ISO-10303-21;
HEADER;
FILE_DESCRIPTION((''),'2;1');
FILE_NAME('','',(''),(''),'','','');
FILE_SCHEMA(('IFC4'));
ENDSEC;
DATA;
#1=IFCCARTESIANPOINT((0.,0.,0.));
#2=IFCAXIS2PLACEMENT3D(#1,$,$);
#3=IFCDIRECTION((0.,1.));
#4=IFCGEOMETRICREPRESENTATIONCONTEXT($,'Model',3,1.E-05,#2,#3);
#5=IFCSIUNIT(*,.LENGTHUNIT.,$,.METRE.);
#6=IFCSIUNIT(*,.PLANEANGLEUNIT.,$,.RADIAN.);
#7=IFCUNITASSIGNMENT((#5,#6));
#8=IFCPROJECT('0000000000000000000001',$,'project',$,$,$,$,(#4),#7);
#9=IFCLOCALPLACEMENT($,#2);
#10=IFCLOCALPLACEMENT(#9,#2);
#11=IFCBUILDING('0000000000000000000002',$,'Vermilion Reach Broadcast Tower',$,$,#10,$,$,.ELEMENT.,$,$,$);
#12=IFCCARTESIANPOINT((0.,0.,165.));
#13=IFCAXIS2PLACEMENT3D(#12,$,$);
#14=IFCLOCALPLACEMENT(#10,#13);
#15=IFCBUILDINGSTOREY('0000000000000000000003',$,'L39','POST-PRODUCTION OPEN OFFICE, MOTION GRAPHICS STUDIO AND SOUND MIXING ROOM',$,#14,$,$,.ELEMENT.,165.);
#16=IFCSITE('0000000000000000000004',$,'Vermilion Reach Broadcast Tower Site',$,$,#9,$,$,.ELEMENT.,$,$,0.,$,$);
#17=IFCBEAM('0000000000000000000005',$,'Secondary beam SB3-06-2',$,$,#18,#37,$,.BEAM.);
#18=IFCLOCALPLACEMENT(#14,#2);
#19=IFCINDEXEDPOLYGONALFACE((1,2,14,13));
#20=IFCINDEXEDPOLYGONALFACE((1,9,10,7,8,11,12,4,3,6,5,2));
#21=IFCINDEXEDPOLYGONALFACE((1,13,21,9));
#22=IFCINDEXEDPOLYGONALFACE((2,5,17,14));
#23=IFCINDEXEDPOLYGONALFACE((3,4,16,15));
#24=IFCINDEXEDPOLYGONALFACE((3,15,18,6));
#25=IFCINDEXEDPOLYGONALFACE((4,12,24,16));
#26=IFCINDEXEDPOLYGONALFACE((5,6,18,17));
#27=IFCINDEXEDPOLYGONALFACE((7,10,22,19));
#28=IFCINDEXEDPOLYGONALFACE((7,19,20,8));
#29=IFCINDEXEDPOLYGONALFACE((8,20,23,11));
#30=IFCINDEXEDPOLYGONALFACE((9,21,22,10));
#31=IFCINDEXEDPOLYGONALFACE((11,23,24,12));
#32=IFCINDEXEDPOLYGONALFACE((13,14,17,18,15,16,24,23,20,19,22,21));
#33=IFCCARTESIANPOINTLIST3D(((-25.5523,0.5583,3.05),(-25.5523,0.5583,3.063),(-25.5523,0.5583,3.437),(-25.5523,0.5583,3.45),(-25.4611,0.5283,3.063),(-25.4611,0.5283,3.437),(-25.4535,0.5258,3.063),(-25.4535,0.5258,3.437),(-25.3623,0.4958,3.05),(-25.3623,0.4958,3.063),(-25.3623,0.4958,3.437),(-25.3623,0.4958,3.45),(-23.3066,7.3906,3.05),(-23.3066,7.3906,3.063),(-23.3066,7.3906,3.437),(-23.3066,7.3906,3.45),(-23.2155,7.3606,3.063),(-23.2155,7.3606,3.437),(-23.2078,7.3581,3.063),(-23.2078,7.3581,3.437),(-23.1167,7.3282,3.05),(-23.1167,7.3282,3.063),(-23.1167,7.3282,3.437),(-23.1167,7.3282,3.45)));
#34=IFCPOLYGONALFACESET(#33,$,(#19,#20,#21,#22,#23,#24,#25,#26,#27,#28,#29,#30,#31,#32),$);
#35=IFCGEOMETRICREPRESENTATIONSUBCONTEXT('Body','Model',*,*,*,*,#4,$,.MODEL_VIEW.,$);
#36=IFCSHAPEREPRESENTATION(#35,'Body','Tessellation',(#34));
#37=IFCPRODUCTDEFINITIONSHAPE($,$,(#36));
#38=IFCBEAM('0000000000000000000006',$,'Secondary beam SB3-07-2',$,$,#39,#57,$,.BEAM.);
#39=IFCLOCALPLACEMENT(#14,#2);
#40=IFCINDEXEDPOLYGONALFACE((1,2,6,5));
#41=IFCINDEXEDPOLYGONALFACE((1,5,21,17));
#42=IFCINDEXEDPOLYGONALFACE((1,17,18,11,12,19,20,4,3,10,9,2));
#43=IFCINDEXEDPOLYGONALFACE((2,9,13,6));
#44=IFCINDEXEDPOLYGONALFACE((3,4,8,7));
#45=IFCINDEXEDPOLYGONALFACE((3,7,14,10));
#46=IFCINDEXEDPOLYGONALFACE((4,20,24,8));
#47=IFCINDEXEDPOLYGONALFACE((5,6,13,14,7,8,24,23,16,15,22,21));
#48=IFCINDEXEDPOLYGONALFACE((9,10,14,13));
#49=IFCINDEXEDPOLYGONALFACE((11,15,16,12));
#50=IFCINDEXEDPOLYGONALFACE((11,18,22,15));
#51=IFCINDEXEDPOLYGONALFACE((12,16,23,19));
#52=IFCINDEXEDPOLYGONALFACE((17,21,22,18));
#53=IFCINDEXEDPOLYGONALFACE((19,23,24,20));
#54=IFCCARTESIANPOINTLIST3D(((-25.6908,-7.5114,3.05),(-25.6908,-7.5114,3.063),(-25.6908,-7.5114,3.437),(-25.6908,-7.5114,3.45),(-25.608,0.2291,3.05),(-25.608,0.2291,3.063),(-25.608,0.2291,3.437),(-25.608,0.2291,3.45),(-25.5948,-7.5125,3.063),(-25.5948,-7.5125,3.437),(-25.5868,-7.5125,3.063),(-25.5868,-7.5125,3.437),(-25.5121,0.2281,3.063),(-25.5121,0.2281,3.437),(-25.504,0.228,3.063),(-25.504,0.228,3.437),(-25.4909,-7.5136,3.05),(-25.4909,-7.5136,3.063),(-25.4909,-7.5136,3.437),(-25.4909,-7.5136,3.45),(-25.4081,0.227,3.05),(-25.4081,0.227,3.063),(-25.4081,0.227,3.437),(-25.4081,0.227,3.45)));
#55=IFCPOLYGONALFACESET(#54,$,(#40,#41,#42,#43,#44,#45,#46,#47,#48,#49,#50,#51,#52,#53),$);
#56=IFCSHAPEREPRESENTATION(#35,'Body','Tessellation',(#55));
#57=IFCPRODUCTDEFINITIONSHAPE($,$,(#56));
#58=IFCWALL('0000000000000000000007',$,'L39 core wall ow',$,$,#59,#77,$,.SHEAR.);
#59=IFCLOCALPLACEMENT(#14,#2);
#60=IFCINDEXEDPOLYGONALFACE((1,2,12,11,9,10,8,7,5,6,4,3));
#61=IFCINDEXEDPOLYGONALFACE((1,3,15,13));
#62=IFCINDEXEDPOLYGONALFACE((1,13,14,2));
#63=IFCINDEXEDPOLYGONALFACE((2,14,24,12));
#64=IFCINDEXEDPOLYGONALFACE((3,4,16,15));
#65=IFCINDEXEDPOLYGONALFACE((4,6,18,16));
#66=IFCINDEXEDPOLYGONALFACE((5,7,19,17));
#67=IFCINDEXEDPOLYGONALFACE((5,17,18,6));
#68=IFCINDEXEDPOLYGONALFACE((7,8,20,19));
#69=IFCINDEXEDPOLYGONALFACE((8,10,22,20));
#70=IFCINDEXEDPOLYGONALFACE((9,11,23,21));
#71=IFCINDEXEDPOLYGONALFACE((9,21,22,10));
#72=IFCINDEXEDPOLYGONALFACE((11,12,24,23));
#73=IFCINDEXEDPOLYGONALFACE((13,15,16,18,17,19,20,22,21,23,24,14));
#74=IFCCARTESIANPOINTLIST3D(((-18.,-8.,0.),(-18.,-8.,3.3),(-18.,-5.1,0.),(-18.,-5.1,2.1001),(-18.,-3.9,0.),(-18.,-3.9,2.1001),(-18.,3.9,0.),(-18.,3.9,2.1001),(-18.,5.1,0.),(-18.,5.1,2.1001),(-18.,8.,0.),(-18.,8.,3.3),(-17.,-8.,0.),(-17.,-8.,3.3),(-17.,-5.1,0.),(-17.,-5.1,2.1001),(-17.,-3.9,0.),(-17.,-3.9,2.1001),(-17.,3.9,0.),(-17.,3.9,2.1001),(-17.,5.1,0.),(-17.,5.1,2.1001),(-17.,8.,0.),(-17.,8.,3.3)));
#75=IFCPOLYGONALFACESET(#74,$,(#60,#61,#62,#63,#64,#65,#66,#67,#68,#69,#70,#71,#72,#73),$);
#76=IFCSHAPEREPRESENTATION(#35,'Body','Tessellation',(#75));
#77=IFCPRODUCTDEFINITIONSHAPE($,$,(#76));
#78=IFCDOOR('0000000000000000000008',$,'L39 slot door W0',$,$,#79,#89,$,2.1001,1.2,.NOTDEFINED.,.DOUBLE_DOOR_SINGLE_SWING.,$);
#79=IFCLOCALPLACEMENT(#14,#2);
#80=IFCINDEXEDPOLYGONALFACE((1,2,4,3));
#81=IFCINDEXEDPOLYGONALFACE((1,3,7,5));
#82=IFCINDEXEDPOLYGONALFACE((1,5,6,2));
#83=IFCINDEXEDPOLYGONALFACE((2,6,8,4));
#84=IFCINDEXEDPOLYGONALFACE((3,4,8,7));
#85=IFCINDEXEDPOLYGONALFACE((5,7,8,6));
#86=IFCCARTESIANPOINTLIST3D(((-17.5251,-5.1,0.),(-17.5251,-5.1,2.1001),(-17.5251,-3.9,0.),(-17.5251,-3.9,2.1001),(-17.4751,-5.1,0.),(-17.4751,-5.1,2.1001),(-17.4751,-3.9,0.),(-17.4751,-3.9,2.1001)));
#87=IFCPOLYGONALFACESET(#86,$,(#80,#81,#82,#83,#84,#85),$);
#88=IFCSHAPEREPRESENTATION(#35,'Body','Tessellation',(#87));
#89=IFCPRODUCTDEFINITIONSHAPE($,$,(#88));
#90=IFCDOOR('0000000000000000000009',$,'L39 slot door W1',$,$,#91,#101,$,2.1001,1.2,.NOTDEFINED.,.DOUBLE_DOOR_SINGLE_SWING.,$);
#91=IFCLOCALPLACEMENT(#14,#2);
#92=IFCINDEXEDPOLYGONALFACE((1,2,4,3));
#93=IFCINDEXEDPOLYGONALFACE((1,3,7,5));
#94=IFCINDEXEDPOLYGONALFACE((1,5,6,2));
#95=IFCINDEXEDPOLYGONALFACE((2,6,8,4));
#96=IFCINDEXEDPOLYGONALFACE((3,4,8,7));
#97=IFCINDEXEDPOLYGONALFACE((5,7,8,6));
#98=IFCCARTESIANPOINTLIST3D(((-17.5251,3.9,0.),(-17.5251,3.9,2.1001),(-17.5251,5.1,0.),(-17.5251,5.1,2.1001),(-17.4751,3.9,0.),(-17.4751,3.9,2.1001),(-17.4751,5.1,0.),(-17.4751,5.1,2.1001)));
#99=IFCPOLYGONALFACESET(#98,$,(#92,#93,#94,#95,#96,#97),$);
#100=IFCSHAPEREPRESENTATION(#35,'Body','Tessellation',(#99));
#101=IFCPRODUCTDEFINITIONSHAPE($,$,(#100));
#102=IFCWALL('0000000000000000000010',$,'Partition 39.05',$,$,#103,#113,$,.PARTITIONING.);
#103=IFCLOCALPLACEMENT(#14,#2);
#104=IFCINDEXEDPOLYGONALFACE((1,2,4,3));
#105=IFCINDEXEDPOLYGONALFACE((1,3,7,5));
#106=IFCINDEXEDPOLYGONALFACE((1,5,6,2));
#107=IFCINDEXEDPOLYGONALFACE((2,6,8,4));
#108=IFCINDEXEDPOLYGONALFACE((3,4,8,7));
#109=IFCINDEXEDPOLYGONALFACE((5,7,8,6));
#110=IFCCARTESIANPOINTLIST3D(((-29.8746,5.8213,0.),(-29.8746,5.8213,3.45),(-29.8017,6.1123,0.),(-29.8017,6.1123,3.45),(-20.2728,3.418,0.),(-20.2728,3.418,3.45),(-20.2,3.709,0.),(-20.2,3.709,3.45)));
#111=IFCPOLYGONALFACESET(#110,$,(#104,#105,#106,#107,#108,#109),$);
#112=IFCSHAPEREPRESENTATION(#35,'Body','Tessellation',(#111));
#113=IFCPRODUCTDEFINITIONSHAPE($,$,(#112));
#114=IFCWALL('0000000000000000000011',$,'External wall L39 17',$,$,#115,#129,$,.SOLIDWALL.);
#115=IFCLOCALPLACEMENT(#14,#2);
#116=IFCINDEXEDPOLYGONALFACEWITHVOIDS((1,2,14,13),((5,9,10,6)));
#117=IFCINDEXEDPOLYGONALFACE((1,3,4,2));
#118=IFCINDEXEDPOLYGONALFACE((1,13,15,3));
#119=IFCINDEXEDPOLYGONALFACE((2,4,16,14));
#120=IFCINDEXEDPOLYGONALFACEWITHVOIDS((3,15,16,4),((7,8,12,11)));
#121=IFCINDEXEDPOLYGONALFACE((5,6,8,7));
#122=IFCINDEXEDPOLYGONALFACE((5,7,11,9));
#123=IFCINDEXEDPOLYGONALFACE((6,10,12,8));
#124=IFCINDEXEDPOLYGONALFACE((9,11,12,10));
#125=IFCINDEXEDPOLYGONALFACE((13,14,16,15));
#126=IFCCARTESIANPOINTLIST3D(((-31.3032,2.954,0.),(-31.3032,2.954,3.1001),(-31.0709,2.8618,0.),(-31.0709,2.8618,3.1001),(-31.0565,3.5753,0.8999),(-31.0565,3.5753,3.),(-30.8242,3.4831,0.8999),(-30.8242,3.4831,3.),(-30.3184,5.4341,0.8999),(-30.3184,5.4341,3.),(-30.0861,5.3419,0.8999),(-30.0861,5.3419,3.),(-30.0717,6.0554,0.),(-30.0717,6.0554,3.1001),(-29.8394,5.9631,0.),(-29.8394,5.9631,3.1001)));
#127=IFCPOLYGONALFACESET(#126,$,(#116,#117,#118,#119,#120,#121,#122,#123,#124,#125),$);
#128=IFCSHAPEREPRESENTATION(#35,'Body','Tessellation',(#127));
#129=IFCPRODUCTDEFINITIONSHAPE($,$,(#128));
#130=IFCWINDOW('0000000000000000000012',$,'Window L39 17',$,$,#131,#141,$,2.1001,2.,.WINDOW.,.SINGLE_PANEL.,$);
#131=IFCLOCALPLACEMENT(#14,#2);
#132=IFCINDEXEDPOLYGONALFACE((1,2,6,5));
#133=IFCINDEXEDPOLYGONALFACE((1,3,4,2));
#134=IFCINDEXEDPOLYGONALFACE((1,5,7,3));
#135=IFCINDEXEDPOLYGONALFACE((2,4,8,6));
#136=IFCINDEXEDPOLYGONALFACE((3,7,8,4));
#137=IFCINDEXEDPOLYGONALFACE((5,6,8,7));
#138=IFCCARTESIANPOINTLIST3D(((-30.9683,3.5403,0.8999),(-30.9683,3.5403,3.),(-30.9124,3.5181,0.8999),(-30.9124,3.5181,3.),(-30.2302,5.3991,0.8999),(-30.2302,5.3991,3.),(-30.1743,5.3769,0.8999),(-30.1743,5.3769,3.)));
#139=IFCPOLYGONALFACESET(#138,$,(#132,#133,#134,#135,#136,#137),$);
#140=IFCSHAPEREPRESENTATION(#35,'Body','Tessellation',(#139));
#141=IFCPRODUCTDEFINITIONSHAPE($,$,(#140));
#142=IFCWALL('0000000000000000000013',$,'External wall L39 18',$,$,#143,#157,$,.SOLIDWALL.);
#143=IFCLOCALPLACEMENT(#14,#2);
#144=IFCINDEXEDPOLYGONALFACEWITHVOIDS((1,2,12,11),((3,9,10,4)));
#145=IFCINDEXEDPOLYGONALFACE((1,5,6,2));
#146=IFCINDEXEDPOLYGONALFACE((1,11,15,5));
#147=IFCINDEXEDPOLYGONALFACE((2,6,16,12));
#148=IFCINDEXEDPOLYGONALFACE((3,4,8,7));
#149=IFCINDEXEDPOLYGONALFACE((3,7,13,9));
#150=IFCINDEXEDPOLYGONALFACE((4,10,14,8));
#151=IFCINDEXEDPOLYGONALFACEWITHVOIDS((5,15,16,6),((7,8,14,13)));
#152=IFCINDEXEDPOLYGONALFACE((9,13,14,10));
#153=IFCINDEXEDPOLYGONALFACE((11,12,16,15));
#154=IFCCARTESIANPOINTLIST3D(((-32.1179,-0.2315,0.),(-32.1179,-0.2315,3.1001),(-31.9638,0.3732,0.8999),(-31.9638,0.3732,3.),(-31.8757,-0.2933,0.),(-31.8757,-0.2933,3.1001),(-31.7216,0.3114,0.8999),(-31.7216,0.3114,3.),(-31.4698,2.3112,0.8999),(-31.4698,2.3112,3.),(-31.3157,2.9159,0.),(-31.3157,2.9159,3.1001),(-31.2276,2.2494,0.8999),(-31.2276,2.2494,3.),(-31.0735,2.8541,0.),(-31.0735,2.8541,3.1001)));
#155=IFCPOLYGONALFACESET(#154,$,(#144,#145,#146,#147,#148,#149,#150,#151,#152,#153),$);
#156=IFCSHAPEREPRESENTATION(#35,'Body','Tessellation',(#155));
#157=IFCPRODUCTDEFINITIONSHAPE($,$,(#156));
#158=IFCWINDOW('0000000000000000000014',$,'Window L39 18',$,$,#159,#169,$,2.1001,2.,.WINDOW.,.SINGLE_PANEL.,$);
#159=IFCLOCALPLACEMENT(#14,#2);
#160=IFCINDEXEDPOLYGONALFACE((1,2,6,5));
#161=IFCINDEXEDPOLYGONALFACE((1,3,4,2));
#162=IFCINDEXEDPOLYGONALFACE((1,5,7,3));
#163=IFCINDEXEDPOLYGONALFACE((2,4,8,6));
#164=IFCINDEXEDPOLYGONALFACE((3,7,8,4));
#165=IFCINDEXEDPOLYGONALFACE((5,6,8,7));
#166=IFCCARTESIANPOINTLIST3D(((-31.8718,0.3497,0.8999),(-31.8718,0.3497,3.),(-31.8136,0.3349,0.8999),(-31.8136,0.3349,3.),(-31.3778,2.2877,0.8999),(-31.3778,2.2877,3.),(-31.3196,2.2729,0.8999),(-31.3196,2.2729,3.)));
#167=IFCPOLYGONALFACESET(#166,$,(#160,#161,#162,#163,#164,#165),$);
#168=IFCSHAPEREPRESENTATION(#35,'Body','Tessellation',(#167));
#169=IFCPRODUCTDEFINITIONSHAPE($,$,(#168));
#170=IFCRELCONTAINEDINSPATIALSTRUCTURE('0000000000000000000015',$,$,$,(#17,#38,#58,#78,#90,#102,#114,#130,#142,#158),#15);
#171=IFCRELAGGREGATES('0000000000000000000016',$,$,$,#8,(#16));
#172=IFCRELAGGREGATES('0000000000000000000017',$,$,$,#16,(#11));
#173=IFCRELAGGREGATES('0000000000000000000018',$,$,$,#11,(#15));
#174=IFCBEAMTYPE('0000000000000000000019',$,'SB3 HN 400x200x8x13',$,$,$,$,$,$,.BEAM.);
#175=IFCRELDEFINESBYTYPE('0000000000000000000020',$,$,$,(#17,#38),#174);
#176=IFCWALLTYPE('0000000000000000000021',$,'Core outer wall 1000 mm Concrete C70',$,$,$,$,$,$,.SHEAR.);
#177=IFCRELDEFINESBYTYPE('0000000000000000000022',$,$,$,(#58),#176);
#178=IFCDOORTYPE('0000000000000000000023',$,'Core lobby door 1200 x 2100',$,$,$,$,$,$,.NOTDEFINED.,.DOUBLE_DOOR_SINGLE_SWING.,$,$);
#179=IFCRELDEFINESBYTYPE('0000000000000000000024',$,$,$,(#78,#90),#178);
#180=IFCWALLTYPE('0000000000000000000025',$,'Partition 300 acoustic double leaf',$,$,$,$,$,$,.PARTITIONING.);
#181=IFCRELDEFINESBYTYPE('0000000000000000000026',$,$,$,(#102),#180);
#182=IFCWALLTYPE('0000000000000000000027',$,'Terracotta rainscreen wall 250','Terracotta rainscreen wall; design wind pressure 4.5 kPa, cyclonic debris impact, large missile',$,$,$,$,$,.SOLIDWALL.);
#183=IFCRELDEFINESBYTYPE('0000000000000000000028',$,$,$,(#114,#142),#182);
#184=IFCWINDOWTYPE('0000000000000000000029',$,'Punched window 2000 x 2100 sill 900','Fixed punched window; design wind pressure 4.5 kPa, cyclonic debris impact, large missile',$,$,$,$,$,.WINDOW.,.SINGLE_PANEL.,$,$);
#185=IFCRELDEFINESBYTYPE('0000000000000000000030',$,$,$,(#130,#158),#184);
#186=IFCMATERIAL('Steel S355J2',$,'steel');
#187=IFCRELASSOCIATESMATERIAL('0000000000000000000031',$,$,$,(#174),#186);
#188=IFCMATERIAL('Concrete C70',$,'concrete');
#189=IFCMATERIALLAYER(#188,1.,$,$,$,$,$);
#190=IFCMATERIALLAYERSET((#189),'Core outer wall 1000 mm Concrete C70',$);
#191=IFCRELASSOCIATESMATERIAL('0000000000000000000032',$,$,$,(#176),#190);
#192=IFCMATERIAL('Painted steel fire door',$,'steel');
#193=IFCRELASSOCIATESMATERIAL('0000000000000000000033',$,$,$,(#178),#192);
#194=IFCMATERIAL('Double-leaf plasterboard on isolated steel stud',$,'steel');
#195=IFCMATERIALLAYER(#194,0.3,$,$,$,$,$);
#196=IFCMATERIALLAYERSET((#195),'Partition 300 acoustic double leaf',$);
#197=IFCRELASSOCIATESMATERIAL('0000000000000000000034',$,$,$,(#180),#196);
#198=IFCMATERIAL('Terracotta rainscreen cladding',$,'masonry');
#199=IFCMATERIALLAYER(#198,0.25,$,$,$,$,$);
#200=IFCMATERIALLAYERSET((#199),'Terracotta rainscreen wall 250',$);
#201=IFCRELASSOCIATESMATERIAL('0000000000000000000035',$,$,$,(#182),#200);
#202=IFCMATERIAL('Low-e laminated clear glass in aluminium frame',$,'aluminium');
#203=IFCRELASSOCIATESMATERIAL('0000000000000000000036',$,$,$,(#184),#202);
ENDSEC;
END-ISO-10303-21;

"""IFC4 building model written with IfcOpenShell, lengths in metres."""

from ifc_helpers import new_model, si_unit, direction, frame, frame_2d, origin, origin_2d, place, context, subcontext, project, spatial, rectangle, i_section, extrude, material, layer, layer_set, material_profile, profile_set, type_object, element, fill, save


model = new_model("IFC4")

# Units and contexts
model_context = context("Model", 3, precision=1e-05, world=origin(), true_north=direction((0.0, 1.0)))
body_context = subcontext(model_context, "Body", "Model", "MODEL_VIEW")
ifc_project = project(units=[si_unit("LENGTHUNIT", "METRE"), si_unit("PLANEANGLEUNIT", "RADIAN")], contexts=[model_context])

# Site, building, storey
site_placement = place(None, origin())
site = spatial("IfcSite", under=ifc_project, at=site_placement, Name="Vermilion Reach Broadcast Tower Site", CompositionType="ELEMENT", RefElevation=0.0)
building_placement = place(site_placement, origin())
building = spatial("IfcBuilding", under=site, at=building_placement, Name="Vermilion Reach Broadcast Tower", CompositionType="ELEMENT")
storey_placement = place(building_placement, frame((0.0, 0.0, 165.0)))
storey = spatial("IfcBuildingStorey", under=building, at=storey_placement, Name="L39", Description="POST-PRODUCTION OPEN OFFICE, MOTION GRAPHICS STUDIO AND SOUND MIXING ROOM", CompositionType="ELEMENT", Elevation=165.0)

# Beams
ifc_material_1 = material(Name="Steel S355J2", Category="steel")
ifc_material_profile_1 = material_profile(ifc_material_1, i_section(OverallWidth=0.2, OverallDepth=0.3999, WebThickness=0.0081, FlangeThickness=0.0129, at=origin_2d()), Name="S355J2 HN 400x200x8x13")
ifc_profile_set_1 = profile_set([ifc_material_profile_1], Name="Steel S355J2")
beam_type_1 = type_object("IfcBeamType", Name="SB3 HN 400x200x8x13", PredefinedType="BEAM", material=ifc_profile_set_1)
beam_1_placement = place(storey_placement, frame((-23.2117, 7.3594, 3.25), z_axis=(-0.312243, -0.950002, 0.0), x_axis=(0.950002, -0.312243, 0.0)))
element("IfcBeam", 1, at=beam_1_placement, inside=storey, type_object=beam_type_1, Name="Secondary beam SB3-06-2", PredefinedType="BEAM", context=body_context, shape_type="SweptSolid", body=[
    extrude(i_section(OverallWidth=0.2, OverallDepth=0.3999, WebThickness=0.0081, FlangeThickness=0.0129, at=origin_2d()), origin(), (0.0, 0.0, 1.0), 7.1919),
])
beam_2_placement = place(storey_placement, frame((-25.5081, 0.228, 3.25), z_axis=(-0.010692, -0.999943, 0.0), x_axis=(0.999943, -0.010692, 0.0)))
element("IfcBeam", 2, at=beam_2_placement, inside=storey, type_object=beam_type_1, Name="Secondary beam SB3-07-2", PredefinedType="BEAM", context=body_context, shape_type="SweptSolid", body=[
    extrude(i_section(OverallWidth=0.2, OverallDepth=0.3999, WebThickness=0.0081, FlangeThickness=0.0129, at=origin_2d()), origin(), (0.0, 0.0, 1.0), 7.741),
])

# Wall, openings, doors
ifc_material_2 = material(Name="Concrete C70", Category="concrete")
ifc_layer_1 = layer(ifc_material_2, 1.0)
ifc_layer_set_1 = layer_set([ifc_layer_1], Name="Core outer wall 1000 mm Concrete C70")
wall_type_1 = type_object("IfcWallType", Name="Core outer wall 1000 mm Concrete C70", PredefinedType="SHEAR", material=ifc_layer_set_1)
wall_1_placement = place(storey_placement, frame((-17.5, 8.0, 0.0), z_axis=(0.0, 0.0, 1.0), x_axis=(0.0, -1.0, 0.0)))
wall_1 = element("IfcWall", 3, at=wall_1_placement, inside=storey, type_object=wall_type_1, Name="L39 core wall ow", PredefinedType="SHEAR", context=body_context, shape_type="SweptSolid", body=[
    extrude(rectangle(XDim=16.0, YDim=1.0, at=frame_2d((8.0, 0.0))), origin(), (0.0, 0.0, 1.0), 3.3),
])
opening_1_placement = place(wall_1_placement, frame((11.8999, 0.0, 0.0)))
opening_1 = element("IfcOpeningElement", 4, at=opening_1_placement, cuts=wall_1, PredefinedType="OPENING", context=body_context, shape_type="SweptSolid", body=[
    extrude(rectangle(XDim=1.2, YDim=2.1001, at=frame_2d((0.6001, 1.05))), frame((0.0, 0.51, 0.0), z_axis=(0.0, -1.0, 0.0), x_axis=(1.0, 0.0, 0.0)), (0.0, 0.0, 1.0), 1.02),
])
opening_2_placement = place(wall_1_placement, frame((2.8999, 0.0, 0.0)))
opening_2 = element("IfcOpeningElement", 5, at=opening_2_placement, cuts=wall_1, PredefinedType="OPENING", context=body_context, shape_type="SweptSolid", body=[
    extrude(rectangle(XDim=1.2, YDim=2.1001, at=frame_2d((0.6001, 1.05))), frame((0.0, 0.51, 0.0), z_axis=(0.0, -1.0, 0.0), x_axis=(1.0, 0.0, 0.0)), (0.0, 0.0, 1.0), 1.02),
])
ifc_material_3 = material(Name="Painted steel fire door", Category="steel")
door_type_1 = type_object("IfcDoorType", Name="Core lobby door 1200 x 2100", OperationType="DOUBLE_DOOR_SINGLE_SWING", PredefinedType="NOTDEFINED", material=ifc_material_3)
door_1_placement = place(opening_1_placement, origin())
door_1 = element("IfcDoor", 6, at=door_1_placement, inside=storey, type_object=door_type_1, Name="L39 slot door W0", OperationType="DOUBLE_DOOR_SINGLE_SWING", OverallHeight=2.1001, OverallWidth=1.2, PredefinedType="NOTDEFINED", context=body_context, shape_type="SweptSolid", body=[
    extrude(rectangle(XDim=1.2, YDim=2.1001, at=frame_2d((0.6001, 1.05))), frame((0.0, 0.0249, 0.0), z_axis=(0.0, -1.0, 0.0), x_axis=(1.0, 0.0, 0.0)), (0.0, 0.0, 1.0), 0.05),
])
fill(opening_1, door_1)
door_2_placement = place(opening_2_placement, origin())
door_2 = element("IfcDoor", 7, at=door_2_placement, inside=storey, type_object=door_type_1, Name="L39 slot door W1", OperationType="DOUBLE_DOOR_SINGLE_SWING", OverallHeight=2.1001, OverallWidth=1.2, PredefinedType="NOTDEFINED", context=body_context, shape_type="SweptSolid", body=[
    extrude(rectangle(XDim=1.2, YDim=2.1001, at=frame_2d((0.6001, 1.05))), frame((0.0, 0.0249, 0.0), z_axis=(0.0, -1.0, 0.0), x_axis=(1.0, 0.0, 0.0)), (0.0, 0.0, 1.0), 0.05),
])
fill(opening_2, door_2)

# Wall
ifc_material_4 = material(Name="Double-leaf plasterboard on isolated steel stud", Category="steel")
ifc_layer_2 = layer(ifc_material_4, 0.3)
ifc_layer_set_2 = layer_set([ifc_layer_2], Name="Partition 300 acoustic double leaf")
wall_type_2 = type_object("IfcWallType", Name="Partition 300 acoustic double leaf", PredefinedType="PARTITIONING", material=ifc_layer_set_2)
wall_2_placement = place(storey_placement, frame((-29.8381, 5.9668, 0.0), z_axis=(0.0, 0.0, 1.0), x_axis=(0.970074, -0.242808, 0.0)))
element("IfcWall", 8, at=wall_2_placement, inside=storey, type_object=wall_type_2, Name="Partition 39.05", PredefinedType="PARTITIONING", context=body_context, shape_type="SweptSolid", body=[
    extrude(rectangle(XDim=9.8979, YDim=0.3, at=frame_2d((4.949, 0.0))), origin(), (0.0, 0.0, 1.0), 3.45),
])

# Shared definitions
ifc_material_5 = material(Name="Terracotta rainscreen cladding", Category="masonry")
ifc_layer_3 = layer(ifc_material_5, 0.25)
ifc_layer_set_3 = layer_set([ifc_layer_3], Name="Terracotta rainscreen wall 250")
wall_type_3 = type_object("IfcWallType", Name="Terracotta rainscreen wall 250", Description="Terracotta rainscreen wall; design wind pressure 4.5 kPa, cyclonic debris impact, large missile", PredefinedType="SOLIDWALL", material=ifc_layer_set_3)

# Walls, openings, windows
wall_3_placement = place(storey_placement, frame((-29.9556, 6.0093, 0.0), z_axis=(0.0, 0.0, 1.0), x_axis=(-0.369043, -0.929412, 0.0)))
wall_3 = element("IfcWall", 9, at=wall_3_placement, inside=storey, type_object=wall_type_3, Name="External wall L39 17", PredefinedType="SOLIDWALL", context=body_context, shape_type="SweptSolid", body=[
    extrude(rectangle(XDim=3.3369, YDim=0.25, at=frame_2d((1.6685, 0.0))), origin(), (0.0, 0.0, 1.0), 3.1001),
])
opening_3_placement = place(wall_3_placement, frame((0.6685, 0.0, 0.8999)))
opening_3 = element("IfcOpeningElement", 10, at=opening_3_placement, cuts=wall_3, PredefinedType="OPENING", context=body_context, shape_type="SweptSolid", body=[
    extrude(rectangle(XDim=2.0, YDim=2.1001, at=frame_2d((1.0, 1.05))), frame((0.0, 0.135, 0.0), z_axis=(0.0, -1.0, 0.0), x_axis=(1.0, 0.0, 0.0)), (0.0, 0.0, 1.0), 0.27),
])
ifc_material_6 = material(Name="Low-e laminated clear glass in aluminium frame", Category="aluminium")
window_type = type_object("IfcWindowType", Name="Punched window 2000 x 2100 sill 900", Description="Fixed punched window; design wind pressure 4.5 kPa, cyclonic debris impact, large missile", PartitioningType="SINGLE_PANEL", PredefinedType="WINDOW", material=ifc_material_6)
window_1_placement = place(opening_3_placement, origin())
window_1 = element("IfcWindow", 11, at=window_1_placement, inside=storey, type_object=window_type, Name="Window L39 17", OverallHeight=2.1001, OverallWidth=2.0, PartitioningType="SINGLE_PANEL", PredefinedType="WINDOW", context=body_context, shape_type="SweptSolid", body=[
    extrude(rectangle(XDim=2.0, YDim=2.1001, at=frame_2d((1.0, 1.05))), frame((0.0, 0.03, 0.0), z_axis=(0.0, -1.0, 0.0), x_axis=(1.0, 0.0, 0.0)), (0.0, 0.0, 1.0), 0.0601),
])
fill(opening_3, window_1)
wall_4_placement = place(storey_placement, frame((-31.1946, 2.885, 0.0), z_axis=(0.0, 0.0, 1.0), x_axis=(-0.24699, -0.969018, 0.0)))
wall_4 = element("IfcWall", 12, at=wall_4_placement, inside=storey, type_object=wall_type_3, Name="External wall L39 18", PredefinedType="SOLIDWALL", context=body_context, shape_type="SweptSolid", body=[
    extrude(rectangle(XDim=3.248, YDim=0.25, at=frame_2d((1.624, 0.0))), origin(), (0.0, 0.0, 1.0), 3.1001),
])
opening_4_placement = place(wall_4_placement, frame((0.624, 0.0, 0.8999)))
opening_4 = element("IfcOpeningElement", 13, at=opening_4_placement, cuts=wall_4, PredefinedType="OPENING", context=body_context, shape_type="SweptSolid", body=[
    extrude(rectangle(XDim=2.0, YDim=2.1001, at=frame_2d((1.0, 1.05))), frame((0.0, 0.135, 0.0), z_axis=(0.0, -1.0, 0.0), x_axis=(1.0, 0.0, 0.0)), (0.0, 0.0, 1.0), 0.27),
])
window_2_placement = place(opening_4_placement, origin())
window_2 = element("IfcWindow", 14, at=window_2_placement, inside=storey, type_object=window_type, Name="Window L39 18", OverallHeight=2.1001, OverallWidth=2.0, PartitioningType="SINGLE_PANEL", PredefinedType="WINDOW", context=body_context, shape_type="SweptSolid", body=[
    extrude(rectangle(XDim=2.0, YDim=2.1001, at=frame_2d((1.0, 1.05))), frame((0.0, 0.03, 0.0), z_axis=(0.0, -1.0, 0.0), x_axis=(1.0, 0.0, 0.0)), (0.0, 0.0, 1.0), 0.0601),
])
fill(opening_4, window_2)

save(model, "model.ifc")
